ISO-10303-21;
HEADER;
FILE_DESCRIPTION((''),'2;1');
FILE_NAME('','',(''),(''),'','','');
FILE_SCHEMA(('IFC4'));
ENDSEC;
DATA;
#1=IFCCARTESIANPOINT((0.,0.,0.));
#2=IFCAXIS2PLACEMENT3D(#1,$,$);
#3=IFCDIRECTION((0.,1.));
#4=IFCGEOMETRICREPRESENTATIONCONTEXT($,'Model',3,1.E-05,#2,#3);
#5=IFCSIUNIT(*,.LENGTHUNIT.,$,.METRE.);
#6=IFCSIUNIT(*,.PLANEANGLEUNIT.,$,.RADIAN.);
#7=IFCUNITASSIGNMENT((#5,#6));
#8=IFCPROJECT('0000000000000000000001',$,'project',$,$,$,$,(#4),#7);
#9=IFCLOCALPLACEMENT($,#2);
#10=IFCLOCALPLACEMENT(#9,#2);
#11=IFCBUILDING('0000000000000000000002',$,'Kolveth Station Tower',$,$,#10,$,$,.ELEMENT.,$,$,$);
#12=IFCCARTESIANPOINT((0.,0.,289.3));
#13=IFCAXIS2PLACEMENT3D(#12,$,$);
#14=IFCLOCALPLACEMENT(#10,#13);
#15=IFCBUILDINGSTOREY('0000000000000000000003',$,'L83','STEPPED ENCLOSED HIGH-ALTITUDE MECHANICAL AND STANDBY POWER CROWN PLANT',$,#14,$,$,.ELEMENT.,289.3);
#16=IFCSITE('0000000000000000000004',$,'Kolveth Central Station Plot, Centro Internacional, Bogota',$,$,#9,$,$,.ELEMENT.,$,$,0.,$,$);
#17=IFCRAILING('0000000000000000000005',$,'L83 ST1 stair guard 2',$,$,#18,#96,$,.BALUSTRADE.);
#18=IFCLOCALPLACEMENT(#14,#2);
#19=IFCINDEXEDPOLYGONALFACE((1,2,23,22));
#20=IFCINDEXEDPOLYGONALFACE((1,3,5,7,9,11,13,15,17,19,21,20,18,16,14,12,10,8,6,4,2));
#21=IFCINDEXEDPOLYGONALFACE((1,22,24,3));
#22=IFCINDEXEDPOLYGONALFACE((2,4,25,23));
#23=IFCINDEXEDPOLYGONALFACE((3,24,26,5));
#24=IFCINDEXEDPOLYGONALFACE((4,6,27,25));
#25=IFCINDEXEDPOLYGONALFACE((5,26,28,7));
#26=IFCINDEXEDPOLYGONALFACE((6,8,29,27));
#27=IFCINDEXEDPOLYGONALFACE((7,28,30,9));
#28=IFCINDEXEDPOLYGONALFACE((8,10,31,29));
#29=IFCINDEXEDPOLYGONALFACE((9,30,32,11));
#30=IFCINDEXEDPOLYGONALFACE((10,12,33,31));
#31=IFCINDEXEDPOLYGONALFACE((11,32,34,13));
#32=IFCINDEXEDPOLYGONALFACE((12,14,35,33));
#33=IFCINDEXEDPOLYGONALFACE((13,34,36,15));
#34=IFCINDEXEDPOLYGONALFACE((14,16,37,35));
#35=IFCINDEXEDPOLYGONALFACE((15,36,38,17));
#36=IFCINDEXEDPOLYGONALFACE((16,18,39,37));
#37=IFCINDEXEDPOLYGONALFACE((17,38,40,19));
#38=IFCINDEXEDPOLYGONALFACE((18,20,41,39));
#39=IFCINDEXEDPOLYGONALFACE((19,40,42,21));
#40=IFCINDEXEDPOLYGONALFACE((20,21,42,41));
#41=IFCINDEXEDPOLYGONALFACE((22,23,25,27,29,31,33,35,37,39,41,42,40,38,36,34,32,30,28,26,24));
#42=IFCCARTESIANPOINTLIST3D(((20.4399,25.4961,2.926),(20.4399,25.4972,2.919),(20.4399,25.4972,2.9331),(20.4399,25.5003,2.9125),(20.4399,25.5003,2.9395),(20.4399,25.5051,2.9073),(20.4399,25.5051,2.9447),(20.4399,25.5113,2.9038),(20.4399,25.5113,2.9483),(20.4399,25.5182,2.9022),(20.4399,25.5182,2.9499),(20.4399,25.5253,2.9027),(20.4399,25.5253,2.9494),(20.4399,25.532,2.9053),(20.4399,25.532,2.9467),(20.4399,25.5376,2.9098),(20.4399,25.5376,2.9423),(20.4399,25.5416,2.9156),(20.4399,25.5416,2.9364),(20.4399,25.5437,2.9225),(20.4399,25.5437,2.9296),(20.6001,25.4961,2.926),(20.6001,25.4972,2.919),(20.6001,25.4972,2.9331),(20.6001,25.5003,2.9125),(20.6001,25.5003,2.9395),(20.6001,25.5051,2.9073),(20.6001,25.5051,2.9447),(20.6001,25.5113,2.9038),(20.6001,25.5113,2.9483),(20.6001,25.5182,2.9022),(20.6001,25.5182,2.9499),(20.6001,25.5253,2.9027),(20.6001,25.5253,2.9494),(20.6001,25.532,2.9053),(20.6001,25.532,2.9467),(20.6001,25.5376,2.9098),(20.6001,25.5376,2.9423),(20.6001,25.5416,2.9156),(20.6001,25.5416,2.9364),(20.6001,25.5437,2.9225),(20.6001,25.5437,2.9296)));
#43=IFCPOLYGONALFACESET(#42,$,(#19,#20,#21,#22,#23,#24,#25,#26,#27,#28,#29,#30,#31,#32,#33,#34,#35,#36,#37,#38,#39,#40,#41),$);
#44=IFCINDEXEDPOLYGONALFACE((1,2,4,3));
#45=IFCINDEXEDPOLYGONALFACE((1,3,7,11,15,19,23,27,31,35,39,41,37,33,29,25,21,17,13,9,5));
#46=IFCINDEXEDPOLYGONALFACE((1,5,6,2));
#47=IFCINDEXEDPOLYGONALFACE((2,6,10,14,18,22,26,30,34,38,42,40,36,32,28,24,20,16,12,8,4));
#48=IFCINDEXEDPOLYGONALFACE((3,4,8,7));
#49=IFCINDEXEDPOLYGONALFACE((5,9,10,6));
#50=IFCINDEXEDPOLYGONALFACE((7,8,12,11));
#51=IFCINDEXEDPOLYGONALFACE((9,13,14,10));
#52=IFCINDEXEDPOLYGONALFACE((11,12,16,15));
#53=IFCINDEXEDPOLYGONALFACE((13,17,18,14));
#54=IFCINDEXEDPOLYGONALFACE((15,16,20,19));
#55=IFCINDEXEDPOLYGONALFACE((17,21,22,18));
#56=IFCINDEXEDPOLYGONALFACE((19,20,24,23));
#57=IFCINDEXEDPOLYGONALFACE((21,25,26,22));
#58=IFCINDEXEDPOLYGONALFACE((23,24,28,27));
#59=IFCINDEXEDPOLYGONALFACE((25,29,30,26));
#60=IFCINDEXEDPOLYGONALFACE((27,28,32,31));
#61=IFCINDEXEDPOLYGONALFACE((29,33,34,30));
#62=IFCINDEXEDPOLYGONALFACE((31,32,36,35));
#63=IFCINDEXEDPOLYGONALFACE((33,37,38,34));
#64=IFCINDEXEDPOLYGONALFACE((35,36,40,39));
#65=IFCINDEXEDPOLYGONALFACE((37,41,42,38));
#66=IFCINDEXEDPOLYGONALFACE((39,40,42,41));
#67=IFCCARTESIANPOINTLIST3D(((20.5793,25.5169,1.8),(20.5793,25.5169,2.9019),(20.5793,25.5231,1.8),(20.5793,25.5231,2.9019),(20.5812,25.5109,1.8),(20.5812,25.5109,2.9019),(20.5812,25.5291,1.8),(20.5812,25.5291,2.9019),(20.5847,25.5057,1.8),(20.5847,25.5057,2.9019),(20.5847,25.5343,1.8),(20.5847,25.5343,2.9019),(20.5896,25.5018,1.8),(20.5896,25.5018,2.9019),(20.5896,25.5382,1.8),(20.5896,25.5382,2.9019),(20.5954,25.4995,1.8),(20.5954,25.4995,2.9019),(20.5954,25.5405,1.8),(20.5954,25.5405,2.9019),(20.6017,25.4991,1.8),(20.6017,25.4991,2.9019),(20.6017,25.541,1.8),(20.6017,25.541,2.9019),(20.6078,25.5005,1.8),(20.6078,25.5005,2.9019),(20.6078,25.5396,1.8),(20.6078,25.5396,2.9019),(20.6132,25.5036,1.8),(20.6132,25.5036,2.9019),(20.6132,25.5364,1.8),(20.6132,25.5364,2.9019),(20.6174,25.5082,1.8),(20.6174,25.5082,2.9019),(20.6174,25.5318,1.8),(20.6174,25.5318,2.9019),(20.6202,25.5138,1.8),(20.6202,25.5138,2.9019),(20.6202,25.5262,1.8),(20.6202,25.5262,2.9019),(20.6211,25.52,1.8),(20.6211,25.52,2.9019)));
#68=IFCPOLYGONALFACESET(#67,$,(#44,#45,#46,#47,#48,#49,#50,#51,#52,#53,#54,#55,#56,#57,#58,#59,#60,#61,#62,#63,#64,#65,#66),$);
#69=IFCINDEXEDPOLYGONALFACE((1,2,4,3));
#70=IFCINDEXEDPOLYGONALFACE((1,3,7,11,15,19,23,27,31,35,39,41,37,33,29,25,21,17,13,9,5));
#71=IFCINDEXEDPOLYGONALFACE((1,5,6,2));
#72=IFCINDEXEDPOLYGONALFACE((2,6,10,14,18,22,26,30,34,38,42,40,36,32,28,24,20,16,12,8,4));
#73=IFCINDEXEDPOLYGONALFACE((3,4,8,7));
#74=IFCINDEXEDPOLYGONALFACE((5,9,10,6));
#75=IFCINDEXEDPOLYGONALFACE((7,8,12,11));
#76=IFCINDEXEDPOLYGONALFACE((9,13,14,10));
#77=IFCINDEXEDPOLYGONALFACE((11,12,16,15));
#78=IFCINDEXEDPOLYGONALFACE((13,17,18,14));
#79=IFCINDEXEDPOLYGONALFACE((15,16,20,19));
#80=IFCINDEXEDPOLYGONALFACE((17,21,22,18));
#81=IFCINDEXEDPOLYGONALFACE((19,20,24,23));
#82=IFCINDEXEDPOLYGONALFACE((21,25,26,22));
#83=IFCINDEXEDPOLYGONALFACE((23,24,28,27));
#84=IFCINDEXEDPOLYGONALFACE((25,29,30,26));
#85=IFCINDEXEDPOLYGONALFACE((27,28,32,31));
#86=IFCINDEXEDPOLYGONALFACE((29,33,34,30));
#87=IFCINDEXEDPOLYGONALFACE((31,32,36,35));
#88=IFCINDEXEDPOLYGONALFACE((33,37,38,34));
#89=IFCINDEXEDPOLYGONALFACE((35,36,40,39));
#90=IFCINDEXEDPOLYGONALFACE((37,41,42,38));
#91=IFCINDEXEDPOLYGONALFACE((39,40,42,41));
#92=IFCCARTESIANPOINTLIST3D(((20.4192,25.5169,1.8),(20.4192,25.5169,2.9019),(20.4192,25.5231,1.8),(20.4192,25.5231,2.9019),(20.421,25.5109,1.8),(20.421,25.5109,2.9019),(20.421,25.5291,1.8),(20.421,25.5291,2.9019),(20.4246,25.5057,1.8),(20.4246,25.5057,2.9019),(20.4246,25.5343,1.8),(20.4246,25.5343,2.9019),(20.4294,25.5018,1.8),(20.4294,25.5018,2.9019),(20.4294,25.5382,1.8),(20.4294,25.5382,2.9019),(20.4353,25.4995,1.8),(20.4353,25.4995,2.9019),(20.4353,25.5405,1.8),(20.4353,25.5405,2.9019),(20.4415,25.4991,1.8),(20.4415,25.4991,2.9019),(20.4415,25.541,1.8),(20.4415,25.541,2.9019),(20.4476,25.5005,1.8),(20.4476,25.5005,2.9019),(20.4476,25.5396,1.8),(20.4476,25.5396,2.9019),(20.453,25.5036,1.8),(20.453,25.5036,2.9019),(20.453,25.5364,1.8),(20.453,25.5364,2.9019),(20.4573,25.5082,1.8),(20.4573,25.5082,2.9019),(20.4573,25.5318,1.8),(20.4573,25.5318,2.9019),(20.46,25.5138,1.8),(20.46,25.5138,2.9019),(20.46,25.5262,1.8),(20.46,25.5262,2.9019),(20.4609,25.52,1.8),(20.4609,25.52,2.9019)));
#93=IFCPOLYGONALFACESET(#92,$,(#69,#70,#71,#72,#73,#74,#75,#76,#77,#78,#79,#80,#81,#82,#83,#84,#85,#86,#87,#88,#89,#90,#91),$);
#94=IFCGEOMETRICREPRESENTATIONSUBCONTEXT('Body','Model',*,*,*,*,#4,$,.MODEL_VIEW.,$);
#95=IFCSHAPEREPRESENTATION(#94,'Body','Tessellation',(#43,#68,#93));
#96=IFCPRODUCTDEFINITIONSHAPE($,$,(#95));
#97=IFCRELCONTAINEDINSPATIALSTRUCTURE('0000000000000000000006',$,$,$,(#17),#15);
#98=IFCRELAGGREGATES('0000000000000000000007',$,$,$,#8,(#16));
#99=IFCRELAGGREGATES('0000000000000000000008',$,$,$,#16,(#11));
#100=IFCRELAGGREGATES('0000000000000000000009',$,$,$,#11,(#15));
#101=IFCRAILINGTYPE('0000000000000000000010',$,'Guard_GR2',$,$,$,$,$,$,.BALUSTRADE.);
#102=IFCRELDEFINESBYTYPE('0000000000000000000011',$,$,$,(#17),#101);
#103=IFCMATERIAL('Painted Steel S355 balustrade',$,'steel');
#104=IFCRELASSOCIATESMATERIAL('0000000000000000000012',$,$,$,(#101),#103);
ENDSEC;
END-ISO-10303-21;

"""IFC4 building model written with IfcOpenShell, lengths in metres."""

from ifc_helpers import new_model, si_unit, direction, frame, origin, origin_2d, place, context, subcontext, project, spatial, circle, extrude, material, type_object, element, save


model = new_model("IFC4")

# Units and contexts
model_context = context("Model", 3, precision=1e-05, world=origin(), true_north=direction((0.0, 1.0)))
body_context = subcontext(model_context, "Body", "Model", "MODEL_VIEW")
ifc_project = project(units=[si_unit("LENGTHUNIT", "METRE"), si_unit("PLANEANGLEUNIT", "RADIAN")], contexts=[model_context])

# Site, building, storey
site_placement = place(None, origin())
site = spatial("IfcSite", under=ifc_project, at=site_placement, Name="Kolveth Central Station Plot, Centro Internacional, Bogota", CompositionType="ELEMENT", RefElevation=0.0)
building_placement = place(site_placement, origin())
building = spatial("IfcBuilding", under=site, at=building_placement, Name="Kolveth Station Tower", CompositionType="ELEMENT")
storey_placement = place(building_placement, frame((0.0, 0.0, 289.3)))
storey = spatial("IfcBuildingStorey", under=building, at=storey_placement, Name="L83", Description="STEPPED ENCLOSED HIGH-ALTITUDE MECHANICAL AND STANDBY POWER CROWN PLANT", CompositionType="ELEMENT", Elevation=289.3)

# Railing
ifc_material_1 = material(Name="Painted Steel S355 balustrade", Category="steel")
railing_type_1 = type_object("IfcRailingType", Name="Guard_GR2", PredefinedType="BALUSTRADE", material=ifc_material_1)
railing_1_placement = place(storey_placement, frame((20.6001, 25.52, 1.8)))
element("IfcRailing", 1, at=railing_1_placement, inside=storey, type_object=railing_type_1, Name="L83 ST1 stair guard 2", PredefinedType="BALUSTRADE", context=body_context, shape_type="SweptSolid", body=[
    extrude(circle(Radius=0.0239, at=origin_2d()), frame((0.0, 0.0, 1.126), z_axis=(-1.0, 0.0, 0.0), x_axis=(0.0, -1.0, 0.0)), (0.0, 0.0, 1.0), 0.1602),
    extrude(circle(Radius=0.021, at=origin_2d()), origin(), (0.0, 0.0, 1.0), 1.1018),
    extrude(circle(Radius=0.021, at=origin_2d()), frame((-0.1602, 0.0, 0.0)), (0.0, 0.0, 1.0), 1.1018),
])

save(model, "model.ifc")
